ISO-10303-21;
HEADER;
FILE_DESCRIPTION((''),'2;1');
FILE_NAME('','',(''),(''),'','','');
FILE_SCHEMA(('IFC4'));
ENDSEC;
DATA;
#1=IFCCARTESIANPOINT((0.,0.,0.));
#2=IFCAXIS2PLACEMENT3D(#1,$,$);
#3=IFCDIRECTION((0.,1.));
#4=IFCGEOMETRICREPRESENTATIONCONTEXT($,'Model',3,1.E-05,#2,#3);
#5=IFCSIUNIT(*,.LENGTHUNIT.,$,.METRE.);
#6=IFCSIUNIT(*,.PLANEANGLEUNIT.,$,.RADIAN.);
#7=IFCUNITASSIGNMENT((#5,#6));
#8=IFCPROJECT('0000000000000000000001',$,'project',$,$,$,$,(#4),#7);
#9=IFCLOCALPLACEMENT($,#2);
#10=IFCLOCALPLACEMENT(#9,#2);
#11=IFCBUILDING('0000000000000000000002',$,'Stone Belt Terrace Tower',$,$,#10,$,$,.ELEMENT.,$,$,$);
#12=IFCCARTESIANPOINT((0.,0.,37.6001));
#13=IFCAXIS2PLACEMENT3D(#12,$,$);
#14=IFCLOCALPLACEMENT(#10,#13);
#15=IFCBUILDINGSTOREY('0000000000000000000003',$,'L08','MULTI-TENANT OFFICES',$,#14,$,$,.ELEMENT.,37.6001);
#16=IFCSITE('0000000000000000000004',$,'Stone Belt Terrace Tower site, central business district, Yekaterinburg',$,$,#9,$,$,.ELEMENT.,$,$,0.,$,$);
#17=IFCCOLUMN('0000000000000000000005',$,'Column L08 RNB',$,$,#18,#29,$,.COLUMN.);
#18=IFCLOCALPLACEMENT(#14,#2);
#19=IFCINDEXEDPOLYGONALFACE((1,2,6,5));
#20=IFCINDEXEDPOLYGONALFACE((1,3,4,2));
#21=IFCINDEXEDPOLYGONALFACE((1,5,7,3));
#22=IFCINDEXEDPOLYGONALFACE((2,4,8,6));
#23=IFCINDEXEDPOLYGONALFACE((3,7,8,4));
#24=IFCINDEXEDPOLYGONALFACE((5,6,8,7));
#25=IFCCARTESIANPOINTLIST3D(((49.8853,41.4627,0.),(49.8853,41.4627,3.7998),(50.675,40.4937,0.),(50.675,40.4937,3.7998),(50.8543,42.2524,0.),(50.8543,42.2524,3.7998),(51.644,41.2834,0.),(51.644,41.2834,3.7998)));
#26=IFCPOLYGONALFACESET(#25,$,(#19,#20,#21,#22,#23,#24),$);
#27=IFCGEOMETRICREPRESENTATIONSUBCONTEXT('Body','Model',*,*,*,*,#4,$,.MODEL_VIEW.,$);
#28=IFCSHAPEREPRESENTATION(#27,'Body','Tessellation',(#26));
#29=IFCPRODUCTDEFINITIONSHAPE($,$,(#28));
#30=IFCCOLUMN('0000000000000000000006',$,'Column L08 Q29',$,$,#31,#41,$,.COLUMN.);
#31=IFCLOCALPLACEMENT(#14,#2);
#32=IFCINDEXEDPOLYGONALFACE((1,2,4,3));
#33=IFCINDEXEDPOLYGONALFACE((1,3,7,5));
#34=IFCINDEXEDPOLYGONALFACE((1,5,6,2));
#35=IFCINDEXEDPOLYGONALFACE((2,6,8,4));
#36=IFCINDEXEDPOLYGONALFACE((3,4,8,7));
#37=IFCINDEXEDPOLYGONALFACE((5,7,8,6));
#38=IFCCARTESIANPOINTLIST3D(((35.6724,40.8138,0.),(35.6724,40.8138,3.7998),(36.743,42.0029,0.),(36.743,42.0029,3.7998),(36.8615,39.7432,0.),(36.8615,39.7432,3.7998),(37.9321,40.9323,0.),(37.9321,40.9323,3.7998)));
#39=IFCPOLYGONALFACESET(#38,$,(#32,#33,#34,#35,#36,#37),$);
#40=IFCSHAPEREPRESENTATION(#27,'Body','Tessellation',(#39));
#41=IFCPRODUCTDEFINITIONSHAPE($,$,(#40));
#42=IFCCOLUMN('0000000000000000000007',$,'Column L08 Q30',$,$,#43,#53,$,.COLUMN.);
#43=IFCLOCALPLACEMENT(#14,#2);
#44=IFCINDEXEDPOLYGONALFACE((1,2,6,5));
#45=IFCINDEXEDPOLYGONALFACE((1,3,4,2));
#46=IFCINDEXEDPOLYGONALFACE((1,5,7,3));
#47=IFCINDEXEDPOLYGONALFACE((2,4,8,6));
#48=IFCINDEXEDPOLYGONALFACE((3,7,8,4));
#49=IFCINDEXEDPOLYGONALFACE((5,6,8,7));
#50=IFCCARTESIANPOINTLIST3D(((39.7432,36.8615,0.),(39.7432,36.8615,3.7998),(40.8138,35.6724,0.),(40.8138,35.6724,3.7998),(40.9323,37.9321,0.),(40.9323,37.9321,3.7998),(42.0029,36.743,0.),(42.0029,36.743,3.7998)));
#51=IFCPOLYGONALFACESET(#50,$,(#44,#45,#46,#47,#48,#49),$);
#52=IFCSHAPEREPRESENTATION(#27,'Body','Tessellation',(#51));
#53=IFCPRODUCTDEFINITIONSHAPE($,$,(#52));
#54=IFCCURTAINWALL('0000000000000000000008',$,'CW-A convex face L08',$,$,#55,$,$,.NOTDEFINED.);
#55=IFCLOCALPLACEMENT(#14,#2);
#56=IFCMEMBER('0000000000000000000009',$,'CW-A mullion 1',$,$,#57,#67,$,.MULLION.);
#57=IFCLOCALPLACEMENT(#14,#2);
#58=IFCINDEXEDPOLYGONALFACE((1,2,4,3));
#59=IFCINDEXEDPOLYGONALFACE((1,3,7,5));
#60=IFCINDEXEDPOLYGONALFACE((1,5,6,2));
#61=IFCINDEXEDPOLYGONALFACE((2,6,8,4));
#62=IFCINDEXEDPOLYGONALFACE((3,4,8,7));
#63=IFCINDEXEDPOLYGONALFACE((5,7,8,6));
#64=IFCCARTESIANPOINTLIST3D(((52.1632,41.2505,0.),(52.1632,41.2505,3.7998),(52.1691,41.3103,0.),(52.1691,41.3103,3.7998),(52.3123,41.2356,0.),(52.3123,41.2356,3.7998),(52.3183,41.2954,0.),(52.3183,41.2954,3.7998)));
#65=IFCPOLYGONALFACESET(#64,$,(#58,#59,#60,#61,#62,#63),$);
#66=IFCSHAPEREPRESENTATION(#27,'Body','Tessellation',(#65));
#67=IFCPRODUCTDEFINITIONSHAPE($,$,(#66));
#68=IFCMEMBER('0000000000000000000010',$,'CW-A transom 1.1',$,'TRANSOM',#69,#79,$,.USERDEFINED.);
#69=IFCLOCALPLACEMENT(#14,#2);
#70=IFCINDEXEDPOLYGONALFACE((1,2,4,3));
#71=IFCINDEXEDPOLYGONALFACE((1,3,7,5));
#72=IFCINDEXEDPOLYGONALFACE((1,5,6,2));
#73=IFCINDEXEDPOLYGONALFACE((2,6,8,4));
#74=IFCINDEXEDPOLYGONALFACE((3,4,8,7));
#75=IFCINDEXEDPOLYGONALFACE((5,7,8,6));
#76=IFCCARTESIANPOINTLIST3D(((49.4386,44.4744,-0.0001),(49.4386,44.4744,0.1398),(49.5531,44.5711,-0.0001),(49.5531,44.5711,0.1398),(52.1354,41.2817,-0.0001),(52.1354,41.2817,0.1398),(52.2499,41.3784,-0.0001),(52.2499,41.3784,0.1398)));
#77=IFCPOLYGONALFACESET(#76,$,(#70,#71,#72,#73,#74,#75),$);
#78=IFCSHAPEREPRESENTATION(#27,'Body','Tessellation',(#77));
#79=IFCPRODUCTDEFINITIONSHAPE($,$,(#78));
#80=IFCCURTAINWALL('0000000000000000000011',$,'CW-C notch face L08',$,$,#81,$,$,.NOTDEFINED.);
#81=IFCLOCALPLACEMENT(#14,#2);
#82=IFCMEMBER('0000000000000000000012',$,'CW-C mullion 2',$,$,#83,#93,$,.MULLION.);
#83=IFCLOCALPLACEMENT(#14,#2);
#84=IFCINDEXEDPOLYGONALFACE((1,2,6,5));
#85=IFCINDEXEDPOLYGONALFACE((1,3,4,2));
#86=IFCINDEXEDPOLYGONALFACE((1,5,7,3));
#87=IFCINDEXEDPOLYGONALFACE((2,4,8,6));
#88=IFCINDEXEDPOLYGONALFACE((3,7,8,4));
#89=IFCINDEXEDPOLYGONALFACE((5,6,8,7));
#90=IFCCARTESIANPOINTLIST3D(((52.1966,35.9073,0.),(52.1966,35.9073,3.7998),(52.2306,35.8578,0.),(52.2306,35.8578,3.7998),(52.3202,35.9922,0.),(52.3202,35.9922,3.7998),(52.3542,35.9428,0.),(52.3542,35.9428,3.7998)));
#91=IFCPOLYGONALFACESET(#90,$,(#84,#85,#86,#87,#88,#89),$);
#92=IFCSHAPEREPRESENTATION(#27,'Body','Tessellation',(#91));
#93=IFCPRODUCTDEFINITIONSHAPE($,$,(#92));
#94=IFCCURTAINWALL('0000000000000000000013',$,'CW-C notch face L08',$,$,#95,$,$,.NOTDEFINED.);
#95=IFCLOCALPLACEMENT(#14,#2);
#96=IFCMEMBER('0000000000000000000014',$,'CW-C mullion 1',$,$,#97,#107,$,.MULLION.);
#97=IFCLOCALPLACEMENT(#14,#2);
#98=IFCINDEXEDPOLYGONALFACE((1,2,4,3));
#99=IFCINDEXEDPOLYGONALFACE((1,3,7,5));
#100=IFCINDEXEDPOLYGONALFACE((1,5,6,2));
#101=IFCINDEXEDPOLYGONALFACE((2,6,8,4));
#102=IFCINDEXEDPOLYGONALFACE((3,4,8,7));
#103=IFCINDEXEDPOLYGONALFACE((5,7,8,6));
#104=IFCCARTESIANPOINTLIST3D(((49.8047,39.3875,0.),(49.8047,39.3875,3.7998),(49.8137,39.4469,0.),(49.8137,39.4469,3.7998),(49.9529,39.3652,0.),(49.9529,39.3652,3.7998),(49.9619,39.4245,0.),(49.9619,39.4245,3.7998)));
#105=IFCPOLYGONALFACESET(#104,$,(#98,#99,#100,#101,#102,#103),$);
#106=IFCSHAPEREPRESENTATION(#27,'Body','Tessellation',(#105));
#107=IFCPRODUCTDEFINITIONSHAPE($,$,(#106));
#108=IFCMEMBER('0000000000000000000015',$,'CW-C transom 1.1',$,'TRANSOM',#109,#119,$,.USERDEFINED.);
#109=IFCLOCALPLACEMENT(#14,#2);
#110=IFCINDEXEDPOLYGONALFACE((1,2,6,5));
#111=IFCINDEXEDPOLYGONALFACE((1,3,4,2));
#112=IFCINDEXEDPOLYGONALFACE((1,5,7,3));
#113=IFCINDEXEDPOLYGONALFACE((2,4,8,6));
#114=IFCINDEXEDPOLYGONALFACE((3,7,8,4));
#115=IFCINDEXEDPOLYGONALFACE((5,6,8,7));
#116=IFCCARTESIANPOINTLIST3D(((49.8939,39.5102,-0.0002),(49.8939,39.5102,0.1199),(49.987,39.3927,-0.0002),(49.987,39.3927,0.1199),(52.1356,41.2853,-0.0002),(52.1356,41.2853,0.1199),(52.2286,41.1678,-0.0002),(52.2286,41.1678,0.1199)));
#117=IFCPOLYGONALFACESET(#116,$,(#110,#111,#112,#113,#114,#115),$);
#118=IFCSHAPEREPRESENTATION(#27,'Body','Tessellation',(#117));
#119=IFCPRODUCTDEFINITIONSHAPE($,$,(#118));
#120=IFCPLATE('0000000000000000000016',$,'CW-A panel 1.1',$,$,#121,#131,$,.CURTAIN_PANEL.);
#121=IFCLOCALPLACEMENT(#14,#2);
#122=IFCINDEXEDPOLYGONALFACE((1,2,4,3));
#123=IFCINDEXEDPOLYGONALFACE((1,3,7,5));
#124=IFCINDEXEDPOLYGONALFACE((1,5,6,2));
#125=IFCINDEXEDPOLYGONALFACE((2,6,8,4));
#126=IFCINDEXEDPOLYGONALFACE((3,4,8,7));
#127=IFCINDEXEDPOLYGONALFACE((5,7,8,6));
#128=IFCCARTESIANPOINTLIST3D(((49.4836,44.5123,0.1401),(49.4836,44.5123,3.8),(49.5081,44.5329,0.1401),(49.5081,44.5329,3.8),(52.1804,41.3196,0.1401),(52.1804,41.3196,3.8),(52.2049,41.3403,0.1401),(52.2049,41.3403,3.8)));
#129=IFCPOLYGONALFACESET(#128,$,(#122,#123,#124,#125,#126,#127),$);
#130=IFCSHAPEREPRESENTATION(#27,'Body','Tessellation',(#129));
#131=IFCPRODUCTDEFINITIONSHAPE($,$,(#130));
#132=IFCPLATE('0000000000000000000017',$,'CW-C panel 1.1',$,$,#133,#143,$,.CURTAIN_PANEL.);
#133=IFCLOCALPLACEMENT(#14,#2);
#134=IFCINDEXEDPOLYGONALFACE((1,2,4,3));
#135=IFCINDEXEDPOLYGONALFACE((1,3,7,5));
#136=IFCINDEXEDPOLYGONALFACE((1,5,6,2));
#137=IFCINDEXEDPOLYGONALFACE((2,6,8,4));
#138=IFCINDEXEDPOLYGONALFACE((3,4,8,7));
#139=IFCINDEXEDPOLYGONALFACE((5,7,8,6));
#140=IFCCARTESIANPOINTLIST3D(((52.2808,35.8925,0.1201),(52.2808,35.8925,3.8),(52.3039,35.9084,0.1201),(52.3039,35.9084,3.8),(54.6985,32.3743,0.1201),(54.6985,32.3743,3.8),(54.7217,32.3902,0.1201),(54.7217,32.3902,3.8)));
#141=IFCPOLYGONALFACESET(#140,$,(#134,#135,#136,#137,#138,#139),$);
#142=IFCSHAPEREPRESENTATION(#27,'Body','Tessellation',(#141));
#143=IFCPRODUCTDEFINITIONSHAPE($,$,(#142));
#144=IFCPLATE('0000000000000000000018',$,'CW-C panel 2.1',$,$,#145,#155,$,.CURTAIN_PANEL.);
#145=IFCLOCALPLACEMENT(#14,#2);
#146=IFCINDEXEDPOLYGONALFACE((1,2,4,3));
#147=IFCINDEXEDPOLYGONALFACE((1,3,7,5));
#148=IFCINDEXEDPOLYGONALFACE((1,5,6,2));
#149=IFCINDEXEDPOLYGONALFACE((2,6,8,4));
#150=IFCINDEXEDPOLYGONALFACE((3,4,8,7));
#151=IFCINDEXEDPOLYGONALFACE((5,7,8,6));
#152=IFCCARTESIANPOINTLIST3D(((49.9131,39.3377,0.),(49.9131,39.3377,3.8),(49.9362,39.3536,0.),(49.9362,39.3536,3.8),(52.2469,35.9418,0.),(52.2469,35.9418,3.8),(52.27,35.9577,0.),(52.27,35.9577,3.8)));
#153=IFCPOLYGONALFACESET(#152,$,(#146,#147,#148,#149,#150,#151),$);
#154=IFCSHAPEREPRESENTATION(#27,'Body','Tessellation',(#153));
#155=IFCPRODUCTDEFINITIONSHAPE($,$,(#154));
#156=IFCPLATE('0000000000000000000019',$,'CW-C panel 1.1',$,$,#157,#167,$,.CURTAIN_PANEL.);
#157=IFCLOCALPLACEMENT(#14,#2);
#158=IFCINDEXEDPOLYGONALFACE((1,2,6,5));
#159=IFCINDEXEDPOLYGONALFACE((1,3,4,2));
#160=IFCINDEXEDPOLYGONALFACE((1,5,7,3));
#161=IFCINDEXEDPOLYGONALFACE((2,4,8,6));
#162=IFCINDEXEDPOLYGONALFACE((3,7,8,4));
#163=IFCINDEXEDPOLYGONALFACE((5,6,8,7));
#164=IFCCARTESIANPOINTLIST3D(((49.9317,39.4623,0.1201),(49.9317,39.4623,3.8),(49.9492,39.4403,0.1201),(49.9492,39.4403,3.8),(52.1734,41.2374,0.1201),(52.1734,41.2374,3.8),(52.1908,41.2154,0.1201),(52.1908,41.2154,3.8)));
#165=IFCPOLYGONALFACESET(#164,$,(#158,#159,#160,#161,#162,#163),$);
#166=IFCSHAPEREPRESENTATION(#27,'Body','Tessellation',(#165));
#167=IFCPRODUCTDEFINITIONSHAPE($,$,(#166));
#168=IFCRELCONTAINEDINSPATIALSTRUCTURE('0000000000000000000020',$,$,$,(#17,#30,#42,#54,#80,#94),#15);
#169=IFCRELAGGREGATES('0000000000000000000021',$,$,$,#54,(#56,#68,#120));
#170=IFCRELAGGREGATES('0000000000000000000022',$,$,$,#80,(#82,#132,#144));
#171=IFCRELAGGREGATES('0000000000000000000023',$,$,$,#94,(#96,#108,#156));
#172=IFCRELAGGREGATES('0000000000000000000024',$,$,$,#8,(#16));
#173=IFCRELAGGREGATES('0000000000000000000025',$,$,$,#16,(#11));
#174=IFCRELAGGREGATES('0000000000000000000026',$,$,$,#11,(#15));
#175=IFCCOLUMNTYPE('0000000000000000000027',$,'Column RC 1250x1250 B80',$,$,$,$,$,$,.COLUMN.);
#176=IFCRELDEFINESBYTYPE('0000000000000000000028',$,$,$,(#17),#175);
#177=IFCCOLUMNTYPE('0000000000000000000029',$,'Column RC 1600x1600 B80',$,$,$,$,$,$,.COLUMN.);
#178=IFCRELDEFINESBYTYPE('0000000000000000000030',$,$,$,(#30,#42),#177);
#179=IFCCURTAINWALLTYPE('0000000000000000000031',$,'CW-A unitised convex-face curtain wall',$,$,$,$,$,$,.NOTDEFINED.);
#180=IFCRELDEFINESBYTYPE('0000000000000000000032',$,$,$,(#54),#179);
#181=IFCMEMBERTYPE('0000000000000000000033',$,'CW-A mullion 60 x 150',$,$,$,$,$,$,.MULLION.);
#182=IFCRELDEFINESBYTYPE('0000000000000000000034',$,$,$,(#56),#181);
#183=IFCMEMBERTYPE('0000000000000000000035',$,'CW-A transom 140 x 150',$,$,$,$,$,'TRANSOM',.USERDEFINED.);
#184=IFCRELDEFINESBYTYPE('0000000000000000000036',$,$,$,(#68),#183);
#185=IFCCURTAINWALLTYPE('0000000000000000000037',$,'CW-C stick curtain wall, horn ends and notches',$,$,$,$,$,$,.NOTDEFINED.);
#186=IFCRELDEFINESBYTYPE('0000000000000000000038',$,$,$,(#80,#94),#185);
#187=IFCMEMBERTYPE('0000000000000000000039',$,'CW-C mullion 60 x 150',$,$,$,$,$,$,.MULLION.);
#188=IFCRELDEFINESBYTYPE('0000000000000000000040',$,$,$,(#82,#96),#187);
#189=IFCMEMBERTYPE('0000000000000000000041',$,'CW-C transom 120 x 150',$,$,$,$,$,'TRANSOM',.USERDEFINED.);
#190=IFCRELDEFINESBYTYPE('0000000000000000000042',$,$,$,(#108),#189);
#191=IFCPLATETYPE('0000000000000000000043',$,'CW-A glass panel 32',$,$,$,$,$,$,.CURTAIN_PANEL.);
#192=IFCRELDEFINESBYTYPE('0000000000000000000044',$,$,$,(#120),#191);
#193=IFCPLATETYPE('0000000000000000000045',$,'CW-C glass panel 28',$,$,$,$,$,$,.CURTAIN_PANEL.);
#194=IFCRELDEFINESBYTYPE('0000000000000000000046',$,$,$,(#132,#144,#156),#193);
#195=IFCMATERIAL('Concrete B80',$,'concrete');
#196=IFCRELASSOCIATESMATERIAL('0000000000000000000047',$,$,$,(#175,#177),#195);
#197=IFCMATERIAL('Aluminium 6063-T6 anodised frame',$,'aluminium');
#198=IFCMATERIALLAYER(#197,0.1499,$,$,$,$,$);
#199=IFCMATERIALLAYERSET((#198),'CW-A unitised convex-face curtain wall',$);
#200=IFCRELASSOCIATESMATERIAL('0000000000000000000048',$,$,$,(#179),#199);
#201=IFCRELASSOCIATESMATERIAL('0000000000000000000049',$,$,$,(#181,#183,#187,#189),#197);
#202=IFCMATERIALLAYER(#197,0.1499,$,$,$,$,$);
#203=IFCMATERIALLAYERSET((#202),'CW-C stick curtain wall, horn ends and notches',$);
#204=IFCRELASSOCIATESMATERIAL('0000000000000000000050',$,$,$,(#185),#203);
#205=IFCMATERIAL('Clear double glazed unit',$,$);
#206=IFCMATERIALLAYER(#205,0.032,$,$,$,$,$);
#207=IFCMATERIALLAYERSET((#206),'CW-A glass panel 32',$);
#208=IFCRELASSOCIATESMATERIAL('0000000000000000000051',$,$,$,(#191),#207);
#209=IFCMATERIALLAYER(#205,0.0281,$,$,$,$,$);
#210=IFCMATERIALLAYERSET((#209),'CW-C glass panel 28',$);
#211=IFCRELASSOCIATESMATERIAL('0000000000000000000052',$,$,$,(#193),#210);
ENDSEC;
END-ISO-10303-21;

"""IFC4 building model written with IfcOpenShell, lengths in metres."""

from ifc_helpers import new_model, si_unit, direction, frame, origin, origin_2d, place, context, subcontext, project, spatial, rectangle, extrude, material, layer, layer_set, material_profile, profile_set, type_object, element, aggregate, save


model = new_model("IFC4")

# Units and contexts
model_context = context("Model", 3, precision=1e-05, world=origin(), true_north=direction((0.0, 1.0)))
body_context = subcontext(model_context, "Body", "Model", "MODEL_VIEW")
ifc_project = project(units=[si_unit("LENGTHUNIT", "METRE"), si_unit("PLANEANGLEUNIT", "RADIAN")], contexts=[model_context])

# Site, building, storey
site_placement = place(None, origin())
site = spatial("IfcSite", under=ifc_project, at=site_placement, Name="Stone Belt Terrace Tower site, central business district, Yekaterinburg", CompositionType="ELEMENT", RefElevation=0.0)
building_placement = place(site_placement, origin())
building = spatial("IfcBuilding", under=site, at=building_placement, Name="Stone Belt Terrace Tower", CompositionType="ELEMENT")
storey_placement = place(building_placement, frame((0.0, 0.0, 37.6001)))
storey = spatial("IfcBuildingStorey", under=building, at=storey_placement, Name="L08", Description="MULTI-TENANT OFFICES", CompositionType="ELEMENT", Elevation=37.6001)

# Columns
ifc_material_1 = material(Name="Concrete B80", Category="concrete")
ifc_material_profile_1 = material_profile(ifc_material_1, rectangle(XDim=1.25, YDim=1.25, at=origin_2d()), Name="RC 1250x1250")
ifc_profile_set_1 = profile_set([ifc_material_profile_1], Name="Concrete B80")
column_type_1 = type_object("IfcColumnType", Name="Column RC 1250x1250 B80", PredefinedType="COLUMN", material=ifc_profile_set_1)
column_placement = place(storey_placement, frame((50.7646, 41.373, 0.0), z_axis=(0.0, 0.0, 1.0), x_axis=(0.631759, -0.775165, 0.0)))
element("IfcColumn", 1, at=column_placement, inside=storey, type_object=column_type_1, Name="Column L08 RNB", PredefinedType="COLUMN", context=body_context, shape_type="SweptSolid", body=[
    extrude(rectangle(XDim=1.25, YDim=1.25, at=origin_2d()), origin(), (0.0, 0.0, 1.0), 3.7998),
])
ifc_material_profile_2 = material_profile(ifc_material_1, rectangle(XDim=1.6001, YDim=1.6001, at=origin_2d()), Name="RC 1600x1600")
ifc_profile_set_2 = profile_set([ifc_material_profile_2], Name="Concrete B80")
column_type_2 = type_object("IfcColumnType", Name="Column RC 1600x1600 B80", PredefinedType="COLUMN", material=ifc_profile_set_2)
for number, where, z_axis, x_axis, name in (
    (2, (36.8022, 40.873, 0.0), (0.0, 0.0, 1.0), (0.743145, -0.669131, 0.0), "Column L08 Q29"),
    (3, (40.873, 36.8022, 0.0), (0.0, 0.0, 1.0), (0.669131, -0.743145, 0.0), "Column L08 Q30"),
):
    element("IfcColumn", number, at=place(storey_placement, frame(where, z_axis=z_axis, x_axis=x_axis)), inside=storey, type_object=column_type_2, Name=name, PredefinedType="COLUMN", context=body_context, shape_type="SweptSolid", body=[
        extrude(rectangle(XDim=1.6001, YDim=1.6001, at=origin_2d()), origin(), (0.0, 0.0, 1.0), 3.7998),
    ])

# Curtain wall, members
ifc_material_2 = material(Name="Aluminium 6063-T6 anodised frame", Category="aluminium")
ifc_layer_1 = layer(ifc_material_2, 0.1499)
ifc_layer_set_1 = layer_set([ifc_layer_1], Name="CW-A unitised convex-face curtain wall")
curtain_wall_type_1 = type_object("IfcCurtainWallType", Name="CW-A unitised convex-face curtain wall", PredefinedType="NOTDEFINED", material=ifc_layer_set_1)
curtain_wall_1_placement = place(storey_placement, origin())
curtain_wall_1 = element("IfcCurtainWall", 4, at=curtain_wall_1_placement, inside=storey, type_object=curtain_wall_type_1, Name="CW-A convex face L08", PredefinedType="NOTDEFINED")
ifc_material_profile_3 = material_profile(ifc_material_2, rectangle(XDim=0.1499, YDim=0.0601, at=origin_2d()), Name="Aluminium 6063-T6 60x150")
ifc_profile_set_3 = profile_set([ifc_material_profile_3], Name="Aluminium 6063-T6 anodised frame")
member_type_1 = type_object("IfcMemberType", Name="CW-A mullion 60 x 150", PredefinedType="MULLION", material=ifc_profile_set_3)
member_1_placement = place(storey_placement, frame((52.2407, 41.2729, 0.0), z_axis=(0.0, 0.0, 1.0), x_axis=(-0.995023, 0.099645, 0.0)))
member_1 = element("IfcMember", 5, at=member_1_placement, type_object=member_type_1, Name="CW-A mullion 1", PredefinedType="MULLION", context=body_context, shape_type="SweptSolid", body=[
    extrude(rectangle(XDim=0.1499, YDim=0.0601, at=origin_2d()), origin(), (0.0, 0.0, 1.0), 3.7998),
])
ifc_material_profile_4 = material_profile(ifc_material_2, rectangle(XDim=0.1499, YDim=0.1399, at=origin_2d()), Name="Aluminium 6063-T6 150x140")
ifc_profile_set_4 = profile_set([ifc_material_profile_4], Name="Aluminium 6063-T6 anodised frame")
member_type_2 = type_object("IfcMemberType", Name="CW-A transom 140 x 150", ElementType="TRANSOM", PredefinedType="USERDEFINED", material=ifc_profile_set_4)
member_2_placement = place(storey_placement, frame((52.1926, 41.3301, 0.0698), z_axis=(-0.64529, 0.763938, 0.0), x_axis=(-0.763938, -0.64529, 0.0)))
member_2 = element("IfcMember", 6, at=member_2_placement, type_object=member_type_2, Name="CW-A transom 1.1", ObjectType="TRANSOM", PredefinedType="USERDEFINED", context=body_context, shape_type="SweptSolid", body=[
    extrude(rectangle(XDim=0.1499, YDim=0.1399, at=origin_2d()), origin(), (0.0, 0.0, 1.0), 4.1792),
])

# Curtain wall, member
ifc_layer_2 = layer(ifc_material_2, 0.1499)
ifc_layer_set_2 = layer_set([ifc_layer_2], Name="CW-C stick curtain wall, horn ends and notches")
curtain_wall_type_2 = type_object("IfcCurtainWallType", Name="CW-C stick curtain wall, horn ends and notches", PredefinedType="NOTDEFINED", material=ifc_layer_set_2)
curtain_wall_2_placement = place(storey_placement, origin())
curtain_wall_2 = element("IfcCurtainWall", 7, at=curtain_wall_2_placement, inside=storey, type_object=curtain_wall_type_2, Name="CW-C notch face L08", PredefinedType="NOTDEFINED")
ifc_material_profile_5 = material_profile(ifc_material_2, rectangle(XDim=0.1499, YDim=0.0601, at=origin_2d()), Name="Aluminium 6063-T6 60x150")
ifc_profile_set_5 = profile_set([ifc_material_profile_5], Name="Aluminium 6063-T6 anodised frame")
member_type_3 = type_object("IfcMemberType", Name="CW-C mullion 60 x 150", PredefinedType="MULLION", material=ifc_profile_set_5)
member_3_placement = place(storey_placement, frame((52.2754, 35.925, 0.0), z_axis=(0.0, 0.0, 1.0), x_axis=(-0.824147, -0.566376, 0.0)))
member_3 = element("IfcMember", 8, at=member_3_placement, type_object=member_type_3, Name="CW-C mullion 2", PredefinedType="MULLION", context=body_context, shape_type="SweptSolid", body=[
    extrude(rectangle(XDim=0.1499, YDim=0.0601, at=origin_2d()), origin(), (0.0, 0.0, 1.0), 3.7998),
])

# Curtain wall, members
curtain_wall_3_placement = place(storey_placement, origin())
curtain_wall_3 = element("IfcCurtainWall", 9, at=curtain_wall_3_placement, inside=storey, type_object=curtain_wall_type_2, Name="CW-C notch face L08", PredefinedType="NOTDEFINED")
member_4_placement = place(storey_placement, frame((49.8833, 39.406, 0.0), z_axis=(0.0, 0.0, 1.0), x_axis=(-0.988851, 0.148906, 0.0)))
member_4 = element("IfcMember", 10, at=member_4_placement, type_object=member_type_3, Name="CW-C mullion 1", PredefinedType="MULLION", context=body_context, shape_type="SweptSolid", body=[
    extrude(rectangle(XDim=0.1499, YDim=0.0601, at=origin_2d()), origin(), (0.0, 0.0, 1.0), 3.7998),
])
ifc_material_profile_6 = material_profile(ifc_material_2, rectangle(XDim=0.1499, YDim=0.1201, at=origin_2d()), Name="Aluminium 6063-T6 150x120")
ifc_profile_set_6 = profile_set([ifc_material_profile_6], Name="Aluminium 6063-T6 anodised frame")
member_type_4 = type_object("IfcMemberType", Name="CW-C transom 120 x 150", ElementType="TRANSOM", PredefinedType="USERDEFINED", material=ifc_profile_set_6)
member_5_placement = place(storey_placement, frame((49.9404, 39.4514, 0.0598), z_axis=(0.783966, 0.620804, 0.0), x_axis=(-0.620804, 0.783966, 0.0)))
member_5 = element("IfcMember", 11, at=member_5_placement, type_object=member_type_4, Name="CW-C transom 1.1", ObjectType="TRANSOM", PredefinedType="USERDEFINED", context=body_context, shape_type="SweptSolid", body=[
    extrude(rectangle(XDim=0.1499, YDim=0.1201, at=origin_2d()), origin(), (0.0, 0.0, 1.0), 2.8594),
])

# Plates
ifc_material_3 = material(Name="Clear double glazed unit")
ifc_layer_3 = layer(ifc_material_3, 0.032)
ifc_layer_set_3 = layer_set([ifc_layer_3], Name="CW-A glass panel 32")
plate_type_1 = type_object("IfcPlateType", Name="CW-A glass panel 32", PredefinedType="CURTAIN_PANEL", material=ifc_layer_set_3)
plate_1_placement = place(storey_placement, frame((50.8442, 42.9263, 0.1401), z_axis=(0.0, 0.0, 1.0), x_axis=(-0.645291, 0.763937, 0.0)))
plate_1 = element("IfcPlate", 12, at=plate_1_placement, type_object=plate_type_1, Name="CW-A panel 1.1", PredefinedType="CURTAIN_PANEL", context=body_context, shape_type="SweptSolid", body=[
    extrude(rectangle(XDim=4.1792, YDim=0.032, at=origin_2d()), origin(), (0.0, 0.0, 1.0), 3.6599),
])
aggregate(curtain_wall_1, [member_1, member_2, plate_1])
ifc_layer_4 = layer(ifc_material_3, 0.0281)
ifc_layer_set_4 = layer_set([ifc_layer_4], Name="CW-C glass panel 28")
plate_type_2 = type_object("IfcPlateType", Name="CW-C glass panel 28", PredefinedType="CURTAIN_PANEL", material=ifc_layer_set_4)
plate_2_placement = place(storey_placement, frame((53.5012, 34.1414, 0.1201), z_axis=(0.0, 0.0, 1.0), x_axis=(-0.566376, 0.824147, 0.0)))
plate_2 = element("IfcPlate", 13, at=plate_2_placement, type_object=plate_type_2, Name="CW-C panel 1.1", PredefinedType="CURTAIN_PANEL", context=body_context, shape_type="SweptSolid", body=[
    extrude(rectangle(XDim=4.2688, YDim=0.0281, at=origin_2d()), origin(), (0.0, 0.0, 1.0), 3.6799),
])
plate_3_placement = place(storey_placement, frame((51.0916, 37.6477, 0.0), z_axis=(0.0, 0.0, 1.0), x_axis=(-0.566376, 0.824147, 0.0)))
plate_3 = element("IfcPlate", 14, at=plate_3_placement, type_object=plate_type_2, Name="CW-C panel 2.1", PredefinedType="CURTAIN_PANEL", context=body_context, shape_type="SweptSolid", body=[
    extrude(rectangle(XDim=4.1206, YDim=0.0281, at=origin_2d()), origin(), (0.0, 0.0, 1.0), 3.8),
])
aggregate(curtain_wall_2, [member_3, plate_2, plate_3])
plate_4_placement = place(storey_placement, frame((51.0613, 40.3389, 0.1201), z_axis=(0.0, 0.0, 1.0), x_axis=(0.783964, 0.620807, 0.0)))
plate_4 = element("IfcPlate", 15, at=plate_4_placement, type_object=plate_type_2, Name="CW-C panel 1.1", PredefinedType="CURTAIN_PANEL", context=body_context, shape_type="SweptSolid", body=[
    extrude(rectangle(XDim=2.8594, YDim=0.0281, at=origin_2d()), origin(), (0.0, 0.0, 1.0), 3.6799),
])
aggregate(curtain_wall_3, [member_4, member_5, plate_4])

save(model, "model.ifc")
